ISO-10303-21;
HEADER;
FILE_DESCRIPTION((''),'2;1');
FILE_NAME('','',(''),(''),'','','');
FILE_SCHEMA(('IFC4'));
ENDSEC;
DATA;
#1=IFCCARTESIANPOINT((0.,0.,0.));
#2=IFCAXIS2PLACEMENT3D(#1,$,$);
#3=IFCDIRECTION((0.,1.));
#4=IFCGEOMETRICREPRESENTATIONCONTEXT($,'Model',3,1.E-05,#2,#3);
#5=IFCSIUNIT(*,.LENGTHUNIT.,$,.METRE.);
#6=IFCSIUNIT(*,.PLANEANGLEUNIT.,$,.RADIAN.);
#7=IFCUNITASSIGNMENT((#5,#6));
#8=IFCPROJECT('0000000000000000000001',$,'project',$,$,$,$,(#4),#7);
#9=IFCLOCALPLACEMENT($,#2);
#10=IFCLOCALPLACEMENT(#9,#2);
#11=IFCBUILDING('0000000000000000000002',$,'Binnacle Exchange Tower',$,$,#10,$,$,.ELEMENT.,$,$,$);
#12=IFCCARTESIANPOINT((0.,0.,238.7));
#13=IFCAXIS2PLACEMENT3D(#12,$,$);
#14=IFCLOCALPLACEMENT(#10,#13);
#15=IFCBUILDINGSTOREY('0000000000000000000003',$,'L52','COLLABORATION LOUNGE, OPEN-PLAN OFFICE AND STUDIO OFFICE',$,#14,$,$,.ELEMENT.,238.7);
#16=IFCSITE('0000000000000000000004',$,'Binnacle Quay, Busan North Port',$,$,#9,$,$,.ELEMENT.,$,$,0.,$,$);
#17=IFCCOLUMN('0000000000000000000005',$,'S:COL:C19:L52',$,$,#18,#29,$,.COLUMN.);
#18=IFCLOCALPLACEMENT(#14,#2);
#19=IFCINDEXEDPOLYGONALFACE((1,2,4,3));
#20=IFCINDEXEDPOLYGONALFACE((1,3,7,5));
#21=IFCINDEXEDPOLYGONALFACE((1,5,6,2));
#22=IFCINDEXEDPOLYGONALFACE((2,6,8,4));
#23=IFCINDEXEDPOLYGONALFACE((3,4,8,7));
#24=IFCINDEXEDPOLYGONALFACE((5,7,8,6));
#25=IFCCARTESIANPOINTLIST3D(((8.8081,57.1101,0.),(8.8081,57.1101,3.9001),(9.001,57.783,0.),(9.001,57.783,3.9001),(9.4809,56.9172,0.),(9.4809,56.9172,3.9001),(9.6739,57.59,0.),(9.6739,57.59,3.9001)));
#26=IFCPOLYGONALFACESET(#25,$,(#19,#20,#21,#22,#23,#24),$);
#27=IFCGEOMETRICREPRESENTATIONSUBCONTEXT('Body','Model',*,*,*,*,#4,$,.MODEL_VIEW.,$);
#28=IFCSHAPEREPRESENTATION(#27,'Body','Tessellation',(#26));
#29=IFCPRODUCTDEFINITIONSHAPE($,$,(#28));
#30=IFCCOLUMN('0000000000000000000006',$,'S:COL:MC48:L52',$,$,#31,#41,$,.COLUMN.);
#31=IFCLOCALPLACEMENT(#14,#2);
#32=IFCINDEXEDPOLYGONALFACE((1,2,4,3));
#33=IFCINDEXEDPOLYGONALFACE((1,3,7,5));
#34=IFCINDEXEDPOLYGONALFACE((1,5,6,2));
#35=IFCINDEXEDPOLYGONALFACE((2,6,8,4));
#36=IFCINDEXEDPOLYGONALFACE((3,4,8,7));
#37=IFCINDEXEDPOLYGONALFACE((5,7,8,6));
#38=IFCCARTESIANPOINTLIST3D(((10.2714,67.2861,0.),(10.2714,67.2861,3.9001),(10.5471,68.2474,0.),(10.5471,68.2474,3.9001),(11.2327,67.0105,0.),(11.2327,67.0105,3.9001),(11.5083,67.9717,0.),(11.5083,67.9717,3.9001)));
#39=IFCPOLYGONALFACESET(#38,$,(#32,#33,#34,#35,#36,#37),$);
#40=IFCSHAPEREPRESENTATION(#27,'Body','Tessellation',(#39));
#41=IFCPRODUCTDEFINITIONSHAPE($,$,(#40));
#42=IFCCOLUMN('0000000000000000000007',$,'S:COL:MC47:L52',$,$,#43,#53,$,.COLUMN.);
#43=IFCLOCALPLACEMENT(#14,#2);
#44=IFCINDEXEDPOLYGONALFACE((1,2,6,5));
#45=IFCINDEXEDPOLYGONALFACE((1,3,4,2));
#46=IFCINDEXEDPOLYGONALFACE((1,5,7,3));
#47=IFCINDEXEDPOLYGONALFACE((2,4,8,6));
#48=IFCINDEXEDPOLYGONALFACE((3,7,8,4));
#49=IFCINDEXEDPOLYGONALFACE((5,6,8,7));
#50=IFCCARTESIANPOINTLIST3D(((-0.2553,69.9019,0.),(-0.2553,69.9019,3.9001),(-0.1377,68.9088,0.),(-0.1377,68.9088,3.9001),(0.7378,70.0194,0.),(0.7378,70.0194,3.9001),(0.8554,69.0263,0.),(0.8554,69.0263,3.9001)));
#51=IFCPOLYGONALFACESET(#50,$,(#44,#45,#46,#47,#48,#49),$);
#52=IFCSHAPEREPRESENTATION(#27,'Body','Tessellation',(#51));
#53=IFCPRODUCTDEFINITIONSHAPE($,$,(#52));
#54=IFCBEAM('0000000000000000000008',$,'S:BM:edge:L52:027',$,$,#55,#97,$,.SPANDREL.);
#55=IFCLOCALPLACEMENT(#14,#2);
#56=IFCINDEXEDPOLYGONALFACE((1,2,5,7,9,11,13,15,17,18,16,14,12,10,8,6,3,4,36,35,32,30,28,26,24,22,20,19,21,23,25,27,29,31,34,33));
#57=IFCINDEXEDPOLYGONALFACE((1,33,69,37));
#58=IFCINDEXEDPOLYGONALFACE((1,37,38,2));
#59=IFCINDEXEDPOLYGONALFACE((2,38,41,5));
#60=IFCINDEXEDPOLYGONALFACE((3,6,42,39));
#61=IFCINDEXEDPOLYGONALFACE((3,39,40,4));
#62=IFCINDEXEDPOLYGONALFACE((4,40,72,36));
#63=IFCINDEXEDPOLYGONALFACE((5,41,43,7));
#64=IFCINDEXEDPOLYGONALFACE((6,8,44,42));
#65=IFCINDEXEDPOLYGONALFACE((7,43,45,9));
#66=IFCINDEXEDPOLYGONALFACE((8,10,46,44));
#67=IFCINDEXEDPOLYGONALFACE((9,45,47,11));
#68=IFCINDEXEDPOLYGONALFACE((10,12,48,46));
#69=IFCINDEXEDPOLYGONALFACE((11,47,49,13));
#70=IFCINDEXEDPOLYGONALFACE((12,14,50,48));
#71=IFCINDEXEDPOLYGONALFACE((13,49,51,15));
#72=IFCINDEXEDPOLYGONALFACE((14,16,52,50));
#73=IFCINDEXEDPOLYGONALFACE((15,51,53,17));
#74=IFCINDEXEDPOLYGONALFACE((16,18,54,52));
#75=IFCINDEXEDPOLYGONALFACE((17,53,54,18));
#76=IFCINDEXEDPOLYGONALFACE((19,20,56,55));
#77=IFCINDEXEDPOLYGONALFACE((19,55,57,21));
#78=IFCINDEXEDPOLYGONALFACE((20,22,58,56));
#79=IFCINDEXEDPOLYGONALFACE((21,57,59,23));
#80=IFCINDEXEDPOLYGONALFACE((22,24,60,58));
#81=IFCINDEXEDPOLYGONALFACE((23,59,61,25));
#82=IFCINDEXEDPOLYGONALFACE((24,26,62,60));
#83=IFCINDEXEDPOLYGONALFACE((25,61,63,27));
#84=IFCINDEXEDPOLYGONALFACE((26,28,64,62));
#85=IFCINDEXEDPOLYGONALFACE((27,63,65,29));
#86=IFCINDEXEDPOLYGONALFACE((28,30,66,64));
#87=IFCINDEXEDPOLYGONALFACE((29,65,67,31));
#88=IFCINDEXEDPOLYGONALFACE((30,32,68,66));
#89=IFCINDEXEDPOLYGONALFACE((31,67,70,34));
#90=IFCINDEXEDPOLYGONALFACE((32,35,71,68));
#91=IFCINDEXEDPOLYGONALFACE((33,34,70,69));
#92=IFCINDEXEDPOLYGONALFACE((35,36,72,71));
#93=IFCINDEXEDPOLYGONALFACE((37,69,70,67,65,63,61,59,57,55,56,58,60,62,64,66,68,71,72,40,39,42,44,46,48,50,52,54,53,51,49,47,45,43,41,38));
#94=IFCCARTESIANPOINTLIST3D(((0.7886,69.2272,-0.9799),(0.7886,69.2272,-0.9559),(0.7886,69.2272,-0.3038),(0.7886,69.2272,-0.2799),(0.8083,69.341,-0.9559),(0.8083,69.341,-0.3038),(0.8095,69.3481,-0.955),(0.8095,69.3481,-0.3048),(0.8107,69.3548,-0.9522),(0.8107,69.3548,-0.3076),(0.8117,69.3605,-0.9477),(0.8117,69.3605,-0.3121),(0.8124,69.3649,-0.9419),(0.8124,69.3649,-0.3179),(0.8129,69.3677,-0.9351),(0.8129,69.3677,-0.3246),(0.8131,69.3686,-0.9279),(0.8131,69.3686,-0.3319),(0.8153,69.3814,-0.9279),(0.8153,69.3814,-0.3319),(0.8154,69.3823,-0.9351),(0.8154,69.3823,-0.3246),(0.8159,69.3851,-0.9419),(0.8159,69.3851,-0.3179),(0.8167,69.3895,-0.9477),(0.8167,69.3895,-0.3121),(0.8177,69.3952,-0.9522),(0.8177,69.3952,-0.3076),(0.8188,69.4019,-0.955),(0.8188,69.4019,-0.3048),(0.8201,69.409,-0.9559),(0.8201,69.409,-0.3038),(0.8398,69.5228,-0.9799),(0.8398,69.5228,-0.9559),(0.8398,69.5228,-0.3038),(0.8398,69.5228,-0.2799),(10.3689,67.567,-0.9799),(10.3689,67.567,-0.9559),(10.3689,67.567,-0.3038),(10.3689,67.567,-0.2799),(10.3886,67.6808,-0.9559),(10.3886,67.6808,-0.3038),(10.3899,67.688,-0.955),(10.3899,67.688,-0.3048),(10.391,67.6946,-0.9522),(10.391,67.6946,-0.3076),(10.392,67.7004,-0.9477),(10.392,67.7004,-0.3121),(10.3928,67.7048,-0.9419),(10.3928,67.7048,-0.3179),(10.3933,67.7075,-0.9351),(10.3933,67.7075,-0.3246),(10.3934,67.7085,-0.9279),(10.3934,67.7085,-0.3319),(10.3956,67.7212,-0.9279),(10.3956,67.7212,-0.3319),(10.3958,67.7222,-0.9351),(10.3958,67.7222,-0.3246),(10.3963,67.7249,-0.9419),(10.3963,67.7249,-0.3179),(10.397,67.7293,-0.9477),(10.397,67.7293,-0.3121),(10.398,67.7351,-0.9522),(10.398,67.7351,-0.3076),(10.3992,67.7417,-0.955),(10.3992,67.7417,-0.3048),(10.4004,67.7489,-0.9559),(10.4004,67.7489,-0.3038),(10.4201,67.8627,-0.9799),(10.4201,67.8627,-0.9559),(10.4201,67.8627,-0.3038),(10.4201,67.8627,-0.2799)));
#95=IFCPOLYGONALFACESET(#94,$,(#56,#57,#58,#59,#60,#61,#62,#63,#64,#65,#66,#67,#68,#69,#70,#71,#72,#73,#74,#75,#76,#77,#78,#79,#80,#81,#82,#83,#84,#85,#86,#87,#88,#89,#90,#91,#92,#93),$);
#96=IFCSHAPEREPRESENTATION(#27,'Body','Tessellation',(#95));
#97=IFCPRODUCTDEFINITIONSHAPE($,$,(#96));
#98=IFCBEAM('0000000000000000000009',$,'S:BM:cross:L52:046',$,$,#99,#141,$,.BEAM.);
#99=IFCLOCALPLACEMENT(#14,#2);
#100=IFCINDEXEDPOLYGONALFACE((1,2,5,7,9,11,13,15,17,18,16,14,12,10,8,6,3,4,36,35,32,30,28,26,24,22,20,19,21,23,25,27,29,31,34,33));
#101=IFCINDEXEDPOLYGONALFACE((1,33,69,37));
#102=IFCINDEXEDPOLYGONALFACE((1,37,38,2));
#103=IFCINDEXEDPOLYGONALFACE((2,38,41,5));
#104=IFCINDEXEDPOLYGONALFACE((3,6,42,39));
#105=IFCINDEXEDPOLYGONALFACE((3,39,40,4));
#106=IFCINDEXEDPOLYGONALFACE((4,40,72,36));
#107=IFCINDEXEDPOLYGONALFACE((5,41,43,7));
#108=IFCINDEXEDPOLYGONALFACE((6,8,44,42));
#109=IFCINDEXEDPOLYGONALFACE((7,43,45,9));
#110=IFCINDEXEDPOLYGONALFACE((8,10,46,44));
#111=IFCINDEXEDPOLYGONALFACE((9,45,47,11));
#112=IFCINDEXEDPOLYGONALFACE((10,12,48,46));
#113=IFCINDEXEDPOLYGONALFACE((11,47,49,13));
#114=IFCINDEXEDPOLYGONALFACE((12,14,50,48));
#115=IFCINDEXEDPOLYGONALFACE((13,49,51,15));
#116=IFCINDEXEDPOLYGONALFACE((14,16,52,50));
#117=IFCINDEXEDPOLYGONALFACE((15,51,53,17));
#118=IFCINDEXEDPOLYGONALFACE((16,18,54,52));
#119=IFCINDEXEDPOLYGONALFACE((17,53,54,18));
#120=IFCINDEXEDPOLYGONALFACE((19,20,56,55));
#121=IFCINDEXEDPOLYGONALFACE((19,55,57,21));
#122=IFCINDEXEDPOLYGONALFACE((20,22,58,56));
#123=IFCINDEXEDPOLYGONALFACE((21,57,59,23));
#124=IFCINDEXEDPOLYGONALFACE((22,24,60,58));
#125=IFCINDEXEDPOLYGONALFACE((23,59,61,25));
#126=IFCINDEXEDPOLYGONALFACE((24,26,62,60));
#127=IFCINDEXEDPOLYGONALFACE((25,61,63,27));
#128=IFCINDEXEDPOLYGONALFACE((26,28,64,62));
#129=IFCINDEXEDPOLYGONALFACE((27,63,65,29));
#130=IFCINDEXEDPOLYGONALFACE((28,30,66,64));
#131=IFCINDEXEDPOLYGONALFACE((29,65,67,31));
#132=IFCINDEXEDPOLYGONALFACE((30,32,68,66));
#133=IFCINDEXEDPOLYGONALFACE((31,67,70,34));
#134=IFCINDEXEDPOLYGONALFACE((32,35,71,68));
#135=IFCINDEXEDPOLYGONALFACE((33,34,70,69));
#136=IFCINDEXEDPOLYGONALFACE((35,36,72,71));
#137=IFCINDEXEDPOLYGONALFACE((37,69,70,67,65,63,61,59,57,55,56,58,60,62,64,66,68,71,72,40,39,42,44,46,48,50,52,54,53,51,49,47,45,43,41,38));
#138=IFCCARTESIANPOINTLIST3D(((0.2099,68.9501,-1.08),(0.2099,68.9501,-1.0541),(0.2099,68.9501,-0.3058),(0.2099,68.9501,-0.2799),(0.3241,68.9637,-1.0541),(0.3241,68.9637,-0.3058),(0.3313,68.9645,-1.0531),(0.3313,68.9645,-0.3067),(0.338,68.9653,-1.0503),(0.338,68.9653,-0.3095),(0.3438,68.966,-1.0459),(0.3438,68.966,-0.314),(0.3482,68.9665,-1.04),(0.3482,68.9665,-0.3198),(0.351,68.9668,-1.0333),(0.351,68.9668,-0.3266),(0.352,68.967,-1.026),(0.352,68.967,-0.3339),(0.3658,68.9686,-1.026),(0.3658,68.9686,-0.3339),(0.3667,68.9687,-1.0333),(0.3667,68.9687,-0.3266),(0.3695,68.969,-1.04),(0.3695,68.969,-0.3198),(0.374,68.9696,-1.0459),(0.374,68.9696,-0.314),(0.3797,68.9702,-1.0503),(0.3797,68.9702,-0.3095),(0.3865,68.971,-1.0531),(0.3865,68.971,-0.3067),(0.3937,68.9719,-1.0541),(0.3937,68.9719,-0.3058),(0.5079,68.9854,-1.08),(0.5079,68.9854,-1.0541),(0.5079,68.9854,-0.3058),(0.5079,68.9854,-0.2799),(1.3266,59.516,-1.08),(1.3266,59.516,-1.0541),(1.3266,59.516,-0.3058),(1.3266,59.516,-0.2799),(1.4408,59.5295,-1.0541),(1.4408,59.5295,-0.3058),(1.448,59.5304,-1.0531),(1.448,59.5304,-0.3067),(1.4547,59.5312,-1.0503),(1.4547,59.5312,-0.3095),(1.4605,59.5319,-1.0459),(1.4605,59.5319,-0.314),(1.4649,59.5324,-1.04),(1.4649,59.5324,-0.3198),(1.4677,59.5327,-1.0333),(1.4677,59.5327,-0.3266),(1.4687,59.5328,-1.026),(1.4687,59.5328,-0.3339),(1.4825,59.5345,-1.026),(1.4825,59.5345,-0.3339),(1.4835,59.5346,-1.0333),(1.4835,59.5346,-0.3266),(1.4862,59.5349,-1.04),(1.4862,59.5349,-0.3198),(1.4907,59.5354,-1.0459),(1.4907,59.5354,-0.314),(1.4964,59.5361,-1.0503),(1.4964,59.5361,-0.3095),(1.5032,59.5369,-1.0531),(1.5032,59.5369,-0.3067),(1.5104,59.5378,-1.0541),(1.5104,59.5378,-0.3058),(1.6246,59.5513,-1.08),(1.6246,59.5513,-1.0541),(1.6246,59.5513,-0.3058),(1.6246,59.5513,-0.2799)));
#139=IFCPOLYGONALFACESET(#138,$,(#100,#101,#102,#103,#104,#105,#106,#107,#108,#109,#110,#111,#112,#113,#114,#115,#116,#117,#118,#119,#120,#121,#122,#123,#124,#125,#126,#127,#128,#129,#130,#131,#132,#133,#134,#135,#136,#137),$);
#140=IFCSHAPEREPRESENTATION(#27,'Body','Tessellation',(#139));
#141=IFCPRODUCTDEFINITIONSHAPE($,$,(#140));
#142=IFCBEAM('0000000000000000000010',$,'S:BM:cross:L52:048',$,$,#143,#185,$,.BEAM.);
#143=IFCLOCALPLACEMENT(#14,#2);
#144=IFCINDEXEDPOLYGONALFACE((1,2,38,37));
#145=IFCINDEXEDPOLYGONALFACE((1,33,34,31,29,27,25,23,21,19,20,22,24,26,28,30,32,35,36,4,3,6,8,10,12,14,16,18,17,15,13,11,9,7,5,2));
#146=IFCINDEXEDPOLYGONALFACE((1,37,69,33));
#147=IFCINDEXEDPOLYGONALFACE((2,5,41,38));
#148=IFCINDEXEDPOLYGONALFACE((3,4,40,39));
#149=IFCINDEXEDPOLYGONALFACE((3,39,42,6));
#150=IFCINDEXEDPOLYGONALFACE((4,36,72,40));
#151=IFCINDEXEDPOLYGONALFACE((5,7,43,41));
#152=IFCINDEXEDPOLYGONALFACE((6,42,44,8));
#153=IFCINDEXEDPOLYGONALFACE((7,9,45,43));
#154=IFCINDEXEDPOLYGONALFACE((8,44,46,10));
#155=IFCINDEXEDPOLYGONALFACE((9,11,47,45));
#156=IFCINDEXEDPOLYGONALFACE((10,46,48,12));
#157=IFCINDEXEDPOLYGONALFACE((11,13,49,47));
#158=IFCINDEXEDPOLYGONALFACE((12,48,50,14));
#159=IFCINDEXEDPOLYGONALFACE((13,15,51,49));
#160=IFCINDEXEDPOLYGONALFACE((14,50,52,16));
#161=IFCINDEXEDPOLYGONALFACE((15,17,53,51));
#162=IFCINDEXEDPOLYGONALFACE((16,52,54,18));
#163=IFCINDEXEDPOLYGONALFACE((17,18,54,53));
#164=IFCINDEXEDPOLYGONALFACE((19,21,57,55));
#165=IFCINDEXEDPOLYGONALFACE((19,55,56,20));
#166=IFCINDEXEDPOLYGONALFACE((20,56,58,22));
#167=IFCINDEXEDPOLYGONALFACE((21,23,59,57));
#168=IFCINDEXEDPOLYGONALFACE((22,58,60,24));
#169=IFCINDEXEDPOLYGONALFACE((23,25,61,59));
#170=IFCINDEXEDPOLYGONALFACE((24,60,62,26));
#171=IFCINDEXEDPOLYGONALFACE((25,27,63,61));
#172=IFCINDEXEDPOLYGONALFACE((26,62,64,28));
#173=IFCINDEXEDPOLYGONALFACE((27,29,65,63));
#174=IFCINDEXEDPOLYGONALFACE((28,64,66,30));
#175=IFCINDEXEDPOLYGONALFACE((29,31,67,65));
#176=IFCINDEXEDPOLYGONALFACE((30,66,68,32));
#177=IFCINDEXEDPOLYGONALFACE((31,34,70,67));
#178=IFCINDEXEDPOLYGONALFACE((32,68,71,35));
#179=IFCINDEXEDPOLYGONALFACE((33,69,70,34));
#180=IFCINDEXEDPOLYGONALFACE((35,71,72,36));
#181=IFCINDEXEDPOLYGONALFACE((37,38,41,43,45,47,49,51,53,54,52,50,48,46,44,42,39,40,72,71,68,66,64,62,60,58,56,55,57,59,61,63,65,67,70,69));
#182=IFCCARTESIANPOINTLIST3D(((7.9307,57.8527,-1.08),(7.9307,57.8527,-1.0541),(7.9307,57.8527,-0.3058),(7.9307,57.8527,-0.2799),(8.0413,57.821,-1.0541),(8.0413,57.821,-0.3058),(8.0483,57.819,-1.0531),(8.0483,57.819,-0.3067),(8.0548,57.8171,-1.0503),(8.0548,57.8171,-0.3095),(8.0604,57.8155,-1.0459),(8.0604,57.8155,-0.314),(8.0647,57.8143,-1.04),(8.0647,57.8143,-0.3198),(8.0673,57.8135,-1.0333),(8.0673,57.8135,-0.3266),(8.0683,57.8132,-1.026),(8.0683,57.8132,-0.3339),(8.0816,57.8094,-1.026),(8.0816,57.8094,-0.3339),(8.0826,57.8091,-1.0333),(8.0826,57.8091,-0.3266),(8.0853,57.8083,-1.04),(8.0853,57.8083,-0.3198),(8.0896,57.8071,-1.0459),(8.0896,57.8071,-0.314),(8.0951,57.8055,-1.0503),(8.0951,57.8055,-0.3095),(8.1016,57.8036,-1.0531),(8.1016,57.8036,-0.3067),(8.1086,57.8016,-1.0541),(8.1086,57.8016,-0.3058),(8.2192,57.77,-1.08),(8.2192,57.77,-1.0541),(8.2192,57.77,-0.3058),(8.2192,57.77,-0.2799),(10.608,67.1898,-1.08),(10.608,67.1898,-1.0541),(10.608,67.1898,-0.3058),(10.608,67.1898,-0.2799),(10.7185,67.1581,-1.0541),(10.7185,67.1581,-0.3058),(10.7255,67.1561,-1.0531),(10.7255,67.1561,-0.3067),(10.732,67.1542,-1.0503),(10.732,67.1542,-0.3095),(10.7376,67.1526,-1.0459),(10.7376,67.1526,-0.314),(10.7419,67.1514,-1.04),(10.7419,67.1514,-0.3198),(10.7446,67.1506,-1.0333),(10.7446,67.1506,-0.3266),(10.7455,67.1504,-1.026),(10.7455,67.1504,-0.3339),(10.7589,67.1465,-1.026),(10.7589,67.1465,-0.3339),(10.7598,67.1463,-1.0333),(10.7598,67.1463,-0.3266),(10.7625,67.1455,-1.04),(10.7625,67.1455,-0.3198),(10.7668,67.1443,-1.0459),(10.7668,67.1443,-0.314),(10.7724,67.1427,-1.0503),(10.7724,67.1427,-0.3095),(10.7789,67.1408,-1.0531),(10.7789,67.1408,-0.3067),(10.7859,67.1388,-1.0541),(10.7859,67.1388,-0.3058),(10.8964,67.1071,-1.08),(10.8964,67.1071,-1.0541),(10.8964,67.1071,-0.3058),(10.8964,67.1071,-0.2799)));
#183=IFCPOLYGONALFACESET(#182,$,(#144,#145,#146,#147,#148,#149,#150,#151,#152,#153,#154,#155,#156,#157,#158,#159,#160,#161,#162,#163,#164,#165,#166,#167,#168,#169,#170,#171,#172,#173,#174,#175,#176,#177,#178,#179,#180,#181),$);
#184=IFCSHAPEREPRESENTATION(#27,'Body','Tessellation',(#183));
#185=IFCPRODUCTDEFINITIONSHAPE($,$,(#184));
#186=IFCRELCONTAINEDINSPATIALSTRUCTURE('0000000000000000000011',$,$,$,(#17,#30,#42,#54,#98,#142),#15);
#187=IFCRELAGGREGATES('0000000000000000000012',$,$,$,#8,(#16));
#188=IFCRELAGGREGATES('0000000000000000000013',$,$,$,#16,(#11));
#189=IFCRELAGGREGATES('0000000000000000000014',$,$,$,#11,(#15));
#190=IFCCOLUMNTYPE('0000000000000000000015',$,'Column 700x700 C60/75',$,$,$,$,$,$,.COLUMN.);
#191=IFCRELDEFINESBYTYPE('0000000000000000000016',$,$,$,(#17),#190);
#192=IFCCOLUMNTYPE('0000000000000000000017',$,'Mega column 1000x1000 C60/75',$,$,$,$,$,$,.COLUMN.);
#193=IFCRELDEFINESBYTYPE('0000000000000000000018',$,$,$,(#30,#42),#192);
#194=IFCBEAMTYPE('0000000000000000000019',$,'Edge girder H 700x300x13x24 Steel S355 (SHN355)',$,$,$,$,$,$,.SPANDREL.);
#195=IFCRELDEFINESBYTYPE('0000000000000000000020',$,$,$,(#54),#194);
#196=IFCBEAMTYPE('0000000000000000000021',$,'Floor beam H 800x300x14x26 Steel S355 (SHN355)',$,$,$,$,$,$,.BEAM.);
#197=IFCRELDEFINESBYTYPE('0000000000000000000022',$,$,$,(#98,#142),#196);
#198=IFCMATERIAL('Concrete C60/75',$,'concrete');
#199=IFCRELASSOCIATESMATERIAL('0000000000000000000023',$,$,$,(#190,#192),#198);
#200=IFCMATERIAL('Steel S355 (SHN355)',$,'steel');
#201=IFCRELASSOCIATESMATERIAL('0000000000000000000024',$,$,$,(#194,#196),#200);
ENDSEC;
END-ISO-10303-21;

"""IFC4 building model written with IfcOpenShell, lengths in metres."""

from ifc_helpers import new_model, si_unit, direction, frame, origin, origin_2d, place, context, subcontext, project, spatial, rectangle, i_section, extrude, material, material_profile, profile_set, type_object, element, save


model = new_model("IFC4")

# Units and contexts
model_context = context("Model", 3, precision=1e-05, world=origin(), true_north=direction((0.0, 1.0)))
body_context = subcontext(model_context, "Body", "Model", "MODEL_VIEW")
ifc_project = project(units=[si_unit("LENGTHUNIT", "METRE"), si_unit("PLANEANGLEUNIT", "RADIAN")], contexts=[model_context])

# Site, building, storey
site_placement = place(None, origin())
site = spatial("IfcSite", under=ifc_project, at=site_placement, Name="Binnacle Quay, Busan North Port", CompositionType="ELEMENT", RefElevation=0.0)
building_placement = place(site_placement, origin())
building = spatial("IfcBuilding", under=site, at=building_placement, Name="Binnacle Exchange Tower", CompositionType="ELEMENT")
storey_placement = place(building_placement, frame((0.0, 0.0, 238.7)))
storey = spatial("IfcBuildingStorey", under=building, at=storey_placement, Name="L52", Description="COLLABORATION LOUNGE, OPEN-PLAN OFFICE AND STUDIO OFFICE", CompositionType="ELEMENT", Elevation=238.7)

# Columns
ifc_material_1 = material(Name="Concrete C60/75", Category="concrete")
ifc_material_profile_1 = material_profile(ifc_material_1, rectangle(XDim=0.7, YDim=0.7, at=origin_2d()), Name="Column 700x700 C60/75")
ifc_profile_set_1 = profile_set([ifc_material_profile_1], Name="Concrete C60/75")
column_type_1 = type_object("IfcColumnType", Name="Column 700x700 C60/75", PredefinedType="COLUMN", material=ifc_profile_set_1)
column_placement = place(storey_placement, frame((9.241, 57.3501, 0.0), z_axis=(0.0, 0.0, 1.0), x_axis=(0.961262, -0.275637, 0.0)))
element("IfcColumn", 1, at=column_placement, inside=storey, type_object=column_type_1, Name="S:COL:C19:L52", PredefinedType="COLUMN", context=body_context, shape_type="SweptSolid", body=[
    extrude(rectangle(XDim=0.7, YDim=0.7, at=origin_2d()), origin(), (0.0, 0.0, 1.0), 3.9001),
])
ifc_material_profile_2 = material_profile(ifc_material_1, rectangle(XDim=1.0, YDim=1.0, at=origin_2d()), Name="Mega column 1000x1000 C60/75")
ifc_profile_set_2 = profile_set([ifc_material_profile_2], Name="Concrete C60/75")
column_type_2 = type_object("IfcColumnType", Name="Mega column 1000x1000 C60/75", PredefinedType="COLUMN", material=ifc_profile_set_2)
for number, where, z_axis, x_axis, name in (
    (2, (10.8899, 67.6289, 0.0), (0.0, 0.0, 1.0), (-0.961262, 0.275637, 0.0), "S:COL:MC48:L52"),
    (3, (0.3, 69.4641, 0.0), (0.0, 0.0, 1.0), (-0.993068, -0.117537, 0.0), "S:COL:MC47:L52"),
):
    element("IfcColumn", number, at=place(storey_placement, frame(where, z_axis=z_axis, x_axis=x_axis)), inside=storey, type_object=column_type_2, Name=name, PredefinedType="COLUMN", context=body_context, shape_type="SweptSolid", body=[
        extrude(rectangle(XDim=1.0, YDim=1.0, at=origin_2d()), origin(), (0.0, 0.0, 1.0), 3.9001),
    ])

# Beams
ifc_material_2 = material(Name="Steel S355 (SHN355)", Category="steel")
ifc_material_profile_3 = material_profile(ifc_material_2, i_section(OverallWidth=0.3, OverallDepth=0.7, WebThickness=0.0129, FlangeThickness=0.0239, FilletRadius=0.0281, at=origin_2d()), Name="H 700x300x13x24")
ifc_profile_set_3 = profile_set([ifc_material_profile_3], Name="Steel S355 (SHN355)")
beam_type_1 = type_object("IfcBeamType", Name="Edge girder H 700x300x13x24 Steel S355 (SHN355)", PredefinedType="SPANDREL", material=ifc_profile_set_3)
beam_1_placement = place(storey_placement, frame((10.3945, 67.7148, -0.6299), z_axis=(-0.985316, 0.170743, 0.0), x_axis=(-0.170743, -0.985316, 0.0)))
element("IfcBeam", 4, at=beam_1_placement, inside=storey, type_object=beam_type_1, Name="S:BM:edge:L52:027", PredefinedType="SPANDREL", context=body_context, shape_type="SweptSolid", body=[
    extrude(i_section(OverallWidth=0.3, OverallDepth=0.7, WebThickness=0.0129, FlangeThickness=0.0239, FilletRadius=0.0281, at=origin_2d()), origin(), (0.0, 0.0, 1.0), 9.7231),
])
ifc_material_profile_4 = material_profile(ifc_material_2, i_section(OverallWidth=0.3, OverallDepth=0.8, WebThickness=0.0139, FlangeThickness=0.0259, FilletRadius=0.0281, at=origin_2d()), Name="H 800x300x14x26")
ifc_profile_set_4 = profile_set([ifc_material_profile_4], Name="Steel S355 (SHN355)")
beam_type_2 = type_object("IfcBeamType", Name="Floor beam H 800x300x14x26 Steel S355 (SHN355)", PredefinedType="BEAM", material=ifc_profile_set_4)
beam_2_placement = place(storey_placement, frame((0.3589, 68.9678, -0.6799), z_axis=(0.117548, -0.993067, 0.0), x_axis=(0.993067, 0.117548, 0.0)))
element("IfcBeam", 5, at=beam_2_placement, inside=storey, type_object=beam_type_2, Name="S:BM:cross:L52:046", PredefinedType="BEAM", context=body_context, shape_type="SweptSolid", body=[
    extrude(i_section(OverallWidth=0.3, OverallDepth=0.8, WebThickness=0.0139, FlangeThickness=0.0259, FilletRadius=0.0281, at=origin_2d()), origin(), (0.0, 0.0, 1.0), 9.5),
])
beam_3_placement = place(storey_placement, frame((10.7522, 67.1484, -0.6799), z_axis=(-0.275624, -0.961266, 0.0), x_axis=(0.961266, -0.275624, 0.0)))
element("IfcBeam", 6, at=beam_3_placement, inside=storey, type_object=beam_type_2, Name="S:BM:cross:L52:048", PredefinedType="BEAM", context=body_context, shape_type="SweptSolid", body=[
    extrude(i_section(OverallWidth=0.3, OverallDepth=0.8, WebThickness=0.0139, FlangeThickness=0.0259, FilletRadius=0.0281, at=origin_2d()), origin(), (0.0, 0.0, 1.0), 9.7134),
])

save(model, "model.ifc")
